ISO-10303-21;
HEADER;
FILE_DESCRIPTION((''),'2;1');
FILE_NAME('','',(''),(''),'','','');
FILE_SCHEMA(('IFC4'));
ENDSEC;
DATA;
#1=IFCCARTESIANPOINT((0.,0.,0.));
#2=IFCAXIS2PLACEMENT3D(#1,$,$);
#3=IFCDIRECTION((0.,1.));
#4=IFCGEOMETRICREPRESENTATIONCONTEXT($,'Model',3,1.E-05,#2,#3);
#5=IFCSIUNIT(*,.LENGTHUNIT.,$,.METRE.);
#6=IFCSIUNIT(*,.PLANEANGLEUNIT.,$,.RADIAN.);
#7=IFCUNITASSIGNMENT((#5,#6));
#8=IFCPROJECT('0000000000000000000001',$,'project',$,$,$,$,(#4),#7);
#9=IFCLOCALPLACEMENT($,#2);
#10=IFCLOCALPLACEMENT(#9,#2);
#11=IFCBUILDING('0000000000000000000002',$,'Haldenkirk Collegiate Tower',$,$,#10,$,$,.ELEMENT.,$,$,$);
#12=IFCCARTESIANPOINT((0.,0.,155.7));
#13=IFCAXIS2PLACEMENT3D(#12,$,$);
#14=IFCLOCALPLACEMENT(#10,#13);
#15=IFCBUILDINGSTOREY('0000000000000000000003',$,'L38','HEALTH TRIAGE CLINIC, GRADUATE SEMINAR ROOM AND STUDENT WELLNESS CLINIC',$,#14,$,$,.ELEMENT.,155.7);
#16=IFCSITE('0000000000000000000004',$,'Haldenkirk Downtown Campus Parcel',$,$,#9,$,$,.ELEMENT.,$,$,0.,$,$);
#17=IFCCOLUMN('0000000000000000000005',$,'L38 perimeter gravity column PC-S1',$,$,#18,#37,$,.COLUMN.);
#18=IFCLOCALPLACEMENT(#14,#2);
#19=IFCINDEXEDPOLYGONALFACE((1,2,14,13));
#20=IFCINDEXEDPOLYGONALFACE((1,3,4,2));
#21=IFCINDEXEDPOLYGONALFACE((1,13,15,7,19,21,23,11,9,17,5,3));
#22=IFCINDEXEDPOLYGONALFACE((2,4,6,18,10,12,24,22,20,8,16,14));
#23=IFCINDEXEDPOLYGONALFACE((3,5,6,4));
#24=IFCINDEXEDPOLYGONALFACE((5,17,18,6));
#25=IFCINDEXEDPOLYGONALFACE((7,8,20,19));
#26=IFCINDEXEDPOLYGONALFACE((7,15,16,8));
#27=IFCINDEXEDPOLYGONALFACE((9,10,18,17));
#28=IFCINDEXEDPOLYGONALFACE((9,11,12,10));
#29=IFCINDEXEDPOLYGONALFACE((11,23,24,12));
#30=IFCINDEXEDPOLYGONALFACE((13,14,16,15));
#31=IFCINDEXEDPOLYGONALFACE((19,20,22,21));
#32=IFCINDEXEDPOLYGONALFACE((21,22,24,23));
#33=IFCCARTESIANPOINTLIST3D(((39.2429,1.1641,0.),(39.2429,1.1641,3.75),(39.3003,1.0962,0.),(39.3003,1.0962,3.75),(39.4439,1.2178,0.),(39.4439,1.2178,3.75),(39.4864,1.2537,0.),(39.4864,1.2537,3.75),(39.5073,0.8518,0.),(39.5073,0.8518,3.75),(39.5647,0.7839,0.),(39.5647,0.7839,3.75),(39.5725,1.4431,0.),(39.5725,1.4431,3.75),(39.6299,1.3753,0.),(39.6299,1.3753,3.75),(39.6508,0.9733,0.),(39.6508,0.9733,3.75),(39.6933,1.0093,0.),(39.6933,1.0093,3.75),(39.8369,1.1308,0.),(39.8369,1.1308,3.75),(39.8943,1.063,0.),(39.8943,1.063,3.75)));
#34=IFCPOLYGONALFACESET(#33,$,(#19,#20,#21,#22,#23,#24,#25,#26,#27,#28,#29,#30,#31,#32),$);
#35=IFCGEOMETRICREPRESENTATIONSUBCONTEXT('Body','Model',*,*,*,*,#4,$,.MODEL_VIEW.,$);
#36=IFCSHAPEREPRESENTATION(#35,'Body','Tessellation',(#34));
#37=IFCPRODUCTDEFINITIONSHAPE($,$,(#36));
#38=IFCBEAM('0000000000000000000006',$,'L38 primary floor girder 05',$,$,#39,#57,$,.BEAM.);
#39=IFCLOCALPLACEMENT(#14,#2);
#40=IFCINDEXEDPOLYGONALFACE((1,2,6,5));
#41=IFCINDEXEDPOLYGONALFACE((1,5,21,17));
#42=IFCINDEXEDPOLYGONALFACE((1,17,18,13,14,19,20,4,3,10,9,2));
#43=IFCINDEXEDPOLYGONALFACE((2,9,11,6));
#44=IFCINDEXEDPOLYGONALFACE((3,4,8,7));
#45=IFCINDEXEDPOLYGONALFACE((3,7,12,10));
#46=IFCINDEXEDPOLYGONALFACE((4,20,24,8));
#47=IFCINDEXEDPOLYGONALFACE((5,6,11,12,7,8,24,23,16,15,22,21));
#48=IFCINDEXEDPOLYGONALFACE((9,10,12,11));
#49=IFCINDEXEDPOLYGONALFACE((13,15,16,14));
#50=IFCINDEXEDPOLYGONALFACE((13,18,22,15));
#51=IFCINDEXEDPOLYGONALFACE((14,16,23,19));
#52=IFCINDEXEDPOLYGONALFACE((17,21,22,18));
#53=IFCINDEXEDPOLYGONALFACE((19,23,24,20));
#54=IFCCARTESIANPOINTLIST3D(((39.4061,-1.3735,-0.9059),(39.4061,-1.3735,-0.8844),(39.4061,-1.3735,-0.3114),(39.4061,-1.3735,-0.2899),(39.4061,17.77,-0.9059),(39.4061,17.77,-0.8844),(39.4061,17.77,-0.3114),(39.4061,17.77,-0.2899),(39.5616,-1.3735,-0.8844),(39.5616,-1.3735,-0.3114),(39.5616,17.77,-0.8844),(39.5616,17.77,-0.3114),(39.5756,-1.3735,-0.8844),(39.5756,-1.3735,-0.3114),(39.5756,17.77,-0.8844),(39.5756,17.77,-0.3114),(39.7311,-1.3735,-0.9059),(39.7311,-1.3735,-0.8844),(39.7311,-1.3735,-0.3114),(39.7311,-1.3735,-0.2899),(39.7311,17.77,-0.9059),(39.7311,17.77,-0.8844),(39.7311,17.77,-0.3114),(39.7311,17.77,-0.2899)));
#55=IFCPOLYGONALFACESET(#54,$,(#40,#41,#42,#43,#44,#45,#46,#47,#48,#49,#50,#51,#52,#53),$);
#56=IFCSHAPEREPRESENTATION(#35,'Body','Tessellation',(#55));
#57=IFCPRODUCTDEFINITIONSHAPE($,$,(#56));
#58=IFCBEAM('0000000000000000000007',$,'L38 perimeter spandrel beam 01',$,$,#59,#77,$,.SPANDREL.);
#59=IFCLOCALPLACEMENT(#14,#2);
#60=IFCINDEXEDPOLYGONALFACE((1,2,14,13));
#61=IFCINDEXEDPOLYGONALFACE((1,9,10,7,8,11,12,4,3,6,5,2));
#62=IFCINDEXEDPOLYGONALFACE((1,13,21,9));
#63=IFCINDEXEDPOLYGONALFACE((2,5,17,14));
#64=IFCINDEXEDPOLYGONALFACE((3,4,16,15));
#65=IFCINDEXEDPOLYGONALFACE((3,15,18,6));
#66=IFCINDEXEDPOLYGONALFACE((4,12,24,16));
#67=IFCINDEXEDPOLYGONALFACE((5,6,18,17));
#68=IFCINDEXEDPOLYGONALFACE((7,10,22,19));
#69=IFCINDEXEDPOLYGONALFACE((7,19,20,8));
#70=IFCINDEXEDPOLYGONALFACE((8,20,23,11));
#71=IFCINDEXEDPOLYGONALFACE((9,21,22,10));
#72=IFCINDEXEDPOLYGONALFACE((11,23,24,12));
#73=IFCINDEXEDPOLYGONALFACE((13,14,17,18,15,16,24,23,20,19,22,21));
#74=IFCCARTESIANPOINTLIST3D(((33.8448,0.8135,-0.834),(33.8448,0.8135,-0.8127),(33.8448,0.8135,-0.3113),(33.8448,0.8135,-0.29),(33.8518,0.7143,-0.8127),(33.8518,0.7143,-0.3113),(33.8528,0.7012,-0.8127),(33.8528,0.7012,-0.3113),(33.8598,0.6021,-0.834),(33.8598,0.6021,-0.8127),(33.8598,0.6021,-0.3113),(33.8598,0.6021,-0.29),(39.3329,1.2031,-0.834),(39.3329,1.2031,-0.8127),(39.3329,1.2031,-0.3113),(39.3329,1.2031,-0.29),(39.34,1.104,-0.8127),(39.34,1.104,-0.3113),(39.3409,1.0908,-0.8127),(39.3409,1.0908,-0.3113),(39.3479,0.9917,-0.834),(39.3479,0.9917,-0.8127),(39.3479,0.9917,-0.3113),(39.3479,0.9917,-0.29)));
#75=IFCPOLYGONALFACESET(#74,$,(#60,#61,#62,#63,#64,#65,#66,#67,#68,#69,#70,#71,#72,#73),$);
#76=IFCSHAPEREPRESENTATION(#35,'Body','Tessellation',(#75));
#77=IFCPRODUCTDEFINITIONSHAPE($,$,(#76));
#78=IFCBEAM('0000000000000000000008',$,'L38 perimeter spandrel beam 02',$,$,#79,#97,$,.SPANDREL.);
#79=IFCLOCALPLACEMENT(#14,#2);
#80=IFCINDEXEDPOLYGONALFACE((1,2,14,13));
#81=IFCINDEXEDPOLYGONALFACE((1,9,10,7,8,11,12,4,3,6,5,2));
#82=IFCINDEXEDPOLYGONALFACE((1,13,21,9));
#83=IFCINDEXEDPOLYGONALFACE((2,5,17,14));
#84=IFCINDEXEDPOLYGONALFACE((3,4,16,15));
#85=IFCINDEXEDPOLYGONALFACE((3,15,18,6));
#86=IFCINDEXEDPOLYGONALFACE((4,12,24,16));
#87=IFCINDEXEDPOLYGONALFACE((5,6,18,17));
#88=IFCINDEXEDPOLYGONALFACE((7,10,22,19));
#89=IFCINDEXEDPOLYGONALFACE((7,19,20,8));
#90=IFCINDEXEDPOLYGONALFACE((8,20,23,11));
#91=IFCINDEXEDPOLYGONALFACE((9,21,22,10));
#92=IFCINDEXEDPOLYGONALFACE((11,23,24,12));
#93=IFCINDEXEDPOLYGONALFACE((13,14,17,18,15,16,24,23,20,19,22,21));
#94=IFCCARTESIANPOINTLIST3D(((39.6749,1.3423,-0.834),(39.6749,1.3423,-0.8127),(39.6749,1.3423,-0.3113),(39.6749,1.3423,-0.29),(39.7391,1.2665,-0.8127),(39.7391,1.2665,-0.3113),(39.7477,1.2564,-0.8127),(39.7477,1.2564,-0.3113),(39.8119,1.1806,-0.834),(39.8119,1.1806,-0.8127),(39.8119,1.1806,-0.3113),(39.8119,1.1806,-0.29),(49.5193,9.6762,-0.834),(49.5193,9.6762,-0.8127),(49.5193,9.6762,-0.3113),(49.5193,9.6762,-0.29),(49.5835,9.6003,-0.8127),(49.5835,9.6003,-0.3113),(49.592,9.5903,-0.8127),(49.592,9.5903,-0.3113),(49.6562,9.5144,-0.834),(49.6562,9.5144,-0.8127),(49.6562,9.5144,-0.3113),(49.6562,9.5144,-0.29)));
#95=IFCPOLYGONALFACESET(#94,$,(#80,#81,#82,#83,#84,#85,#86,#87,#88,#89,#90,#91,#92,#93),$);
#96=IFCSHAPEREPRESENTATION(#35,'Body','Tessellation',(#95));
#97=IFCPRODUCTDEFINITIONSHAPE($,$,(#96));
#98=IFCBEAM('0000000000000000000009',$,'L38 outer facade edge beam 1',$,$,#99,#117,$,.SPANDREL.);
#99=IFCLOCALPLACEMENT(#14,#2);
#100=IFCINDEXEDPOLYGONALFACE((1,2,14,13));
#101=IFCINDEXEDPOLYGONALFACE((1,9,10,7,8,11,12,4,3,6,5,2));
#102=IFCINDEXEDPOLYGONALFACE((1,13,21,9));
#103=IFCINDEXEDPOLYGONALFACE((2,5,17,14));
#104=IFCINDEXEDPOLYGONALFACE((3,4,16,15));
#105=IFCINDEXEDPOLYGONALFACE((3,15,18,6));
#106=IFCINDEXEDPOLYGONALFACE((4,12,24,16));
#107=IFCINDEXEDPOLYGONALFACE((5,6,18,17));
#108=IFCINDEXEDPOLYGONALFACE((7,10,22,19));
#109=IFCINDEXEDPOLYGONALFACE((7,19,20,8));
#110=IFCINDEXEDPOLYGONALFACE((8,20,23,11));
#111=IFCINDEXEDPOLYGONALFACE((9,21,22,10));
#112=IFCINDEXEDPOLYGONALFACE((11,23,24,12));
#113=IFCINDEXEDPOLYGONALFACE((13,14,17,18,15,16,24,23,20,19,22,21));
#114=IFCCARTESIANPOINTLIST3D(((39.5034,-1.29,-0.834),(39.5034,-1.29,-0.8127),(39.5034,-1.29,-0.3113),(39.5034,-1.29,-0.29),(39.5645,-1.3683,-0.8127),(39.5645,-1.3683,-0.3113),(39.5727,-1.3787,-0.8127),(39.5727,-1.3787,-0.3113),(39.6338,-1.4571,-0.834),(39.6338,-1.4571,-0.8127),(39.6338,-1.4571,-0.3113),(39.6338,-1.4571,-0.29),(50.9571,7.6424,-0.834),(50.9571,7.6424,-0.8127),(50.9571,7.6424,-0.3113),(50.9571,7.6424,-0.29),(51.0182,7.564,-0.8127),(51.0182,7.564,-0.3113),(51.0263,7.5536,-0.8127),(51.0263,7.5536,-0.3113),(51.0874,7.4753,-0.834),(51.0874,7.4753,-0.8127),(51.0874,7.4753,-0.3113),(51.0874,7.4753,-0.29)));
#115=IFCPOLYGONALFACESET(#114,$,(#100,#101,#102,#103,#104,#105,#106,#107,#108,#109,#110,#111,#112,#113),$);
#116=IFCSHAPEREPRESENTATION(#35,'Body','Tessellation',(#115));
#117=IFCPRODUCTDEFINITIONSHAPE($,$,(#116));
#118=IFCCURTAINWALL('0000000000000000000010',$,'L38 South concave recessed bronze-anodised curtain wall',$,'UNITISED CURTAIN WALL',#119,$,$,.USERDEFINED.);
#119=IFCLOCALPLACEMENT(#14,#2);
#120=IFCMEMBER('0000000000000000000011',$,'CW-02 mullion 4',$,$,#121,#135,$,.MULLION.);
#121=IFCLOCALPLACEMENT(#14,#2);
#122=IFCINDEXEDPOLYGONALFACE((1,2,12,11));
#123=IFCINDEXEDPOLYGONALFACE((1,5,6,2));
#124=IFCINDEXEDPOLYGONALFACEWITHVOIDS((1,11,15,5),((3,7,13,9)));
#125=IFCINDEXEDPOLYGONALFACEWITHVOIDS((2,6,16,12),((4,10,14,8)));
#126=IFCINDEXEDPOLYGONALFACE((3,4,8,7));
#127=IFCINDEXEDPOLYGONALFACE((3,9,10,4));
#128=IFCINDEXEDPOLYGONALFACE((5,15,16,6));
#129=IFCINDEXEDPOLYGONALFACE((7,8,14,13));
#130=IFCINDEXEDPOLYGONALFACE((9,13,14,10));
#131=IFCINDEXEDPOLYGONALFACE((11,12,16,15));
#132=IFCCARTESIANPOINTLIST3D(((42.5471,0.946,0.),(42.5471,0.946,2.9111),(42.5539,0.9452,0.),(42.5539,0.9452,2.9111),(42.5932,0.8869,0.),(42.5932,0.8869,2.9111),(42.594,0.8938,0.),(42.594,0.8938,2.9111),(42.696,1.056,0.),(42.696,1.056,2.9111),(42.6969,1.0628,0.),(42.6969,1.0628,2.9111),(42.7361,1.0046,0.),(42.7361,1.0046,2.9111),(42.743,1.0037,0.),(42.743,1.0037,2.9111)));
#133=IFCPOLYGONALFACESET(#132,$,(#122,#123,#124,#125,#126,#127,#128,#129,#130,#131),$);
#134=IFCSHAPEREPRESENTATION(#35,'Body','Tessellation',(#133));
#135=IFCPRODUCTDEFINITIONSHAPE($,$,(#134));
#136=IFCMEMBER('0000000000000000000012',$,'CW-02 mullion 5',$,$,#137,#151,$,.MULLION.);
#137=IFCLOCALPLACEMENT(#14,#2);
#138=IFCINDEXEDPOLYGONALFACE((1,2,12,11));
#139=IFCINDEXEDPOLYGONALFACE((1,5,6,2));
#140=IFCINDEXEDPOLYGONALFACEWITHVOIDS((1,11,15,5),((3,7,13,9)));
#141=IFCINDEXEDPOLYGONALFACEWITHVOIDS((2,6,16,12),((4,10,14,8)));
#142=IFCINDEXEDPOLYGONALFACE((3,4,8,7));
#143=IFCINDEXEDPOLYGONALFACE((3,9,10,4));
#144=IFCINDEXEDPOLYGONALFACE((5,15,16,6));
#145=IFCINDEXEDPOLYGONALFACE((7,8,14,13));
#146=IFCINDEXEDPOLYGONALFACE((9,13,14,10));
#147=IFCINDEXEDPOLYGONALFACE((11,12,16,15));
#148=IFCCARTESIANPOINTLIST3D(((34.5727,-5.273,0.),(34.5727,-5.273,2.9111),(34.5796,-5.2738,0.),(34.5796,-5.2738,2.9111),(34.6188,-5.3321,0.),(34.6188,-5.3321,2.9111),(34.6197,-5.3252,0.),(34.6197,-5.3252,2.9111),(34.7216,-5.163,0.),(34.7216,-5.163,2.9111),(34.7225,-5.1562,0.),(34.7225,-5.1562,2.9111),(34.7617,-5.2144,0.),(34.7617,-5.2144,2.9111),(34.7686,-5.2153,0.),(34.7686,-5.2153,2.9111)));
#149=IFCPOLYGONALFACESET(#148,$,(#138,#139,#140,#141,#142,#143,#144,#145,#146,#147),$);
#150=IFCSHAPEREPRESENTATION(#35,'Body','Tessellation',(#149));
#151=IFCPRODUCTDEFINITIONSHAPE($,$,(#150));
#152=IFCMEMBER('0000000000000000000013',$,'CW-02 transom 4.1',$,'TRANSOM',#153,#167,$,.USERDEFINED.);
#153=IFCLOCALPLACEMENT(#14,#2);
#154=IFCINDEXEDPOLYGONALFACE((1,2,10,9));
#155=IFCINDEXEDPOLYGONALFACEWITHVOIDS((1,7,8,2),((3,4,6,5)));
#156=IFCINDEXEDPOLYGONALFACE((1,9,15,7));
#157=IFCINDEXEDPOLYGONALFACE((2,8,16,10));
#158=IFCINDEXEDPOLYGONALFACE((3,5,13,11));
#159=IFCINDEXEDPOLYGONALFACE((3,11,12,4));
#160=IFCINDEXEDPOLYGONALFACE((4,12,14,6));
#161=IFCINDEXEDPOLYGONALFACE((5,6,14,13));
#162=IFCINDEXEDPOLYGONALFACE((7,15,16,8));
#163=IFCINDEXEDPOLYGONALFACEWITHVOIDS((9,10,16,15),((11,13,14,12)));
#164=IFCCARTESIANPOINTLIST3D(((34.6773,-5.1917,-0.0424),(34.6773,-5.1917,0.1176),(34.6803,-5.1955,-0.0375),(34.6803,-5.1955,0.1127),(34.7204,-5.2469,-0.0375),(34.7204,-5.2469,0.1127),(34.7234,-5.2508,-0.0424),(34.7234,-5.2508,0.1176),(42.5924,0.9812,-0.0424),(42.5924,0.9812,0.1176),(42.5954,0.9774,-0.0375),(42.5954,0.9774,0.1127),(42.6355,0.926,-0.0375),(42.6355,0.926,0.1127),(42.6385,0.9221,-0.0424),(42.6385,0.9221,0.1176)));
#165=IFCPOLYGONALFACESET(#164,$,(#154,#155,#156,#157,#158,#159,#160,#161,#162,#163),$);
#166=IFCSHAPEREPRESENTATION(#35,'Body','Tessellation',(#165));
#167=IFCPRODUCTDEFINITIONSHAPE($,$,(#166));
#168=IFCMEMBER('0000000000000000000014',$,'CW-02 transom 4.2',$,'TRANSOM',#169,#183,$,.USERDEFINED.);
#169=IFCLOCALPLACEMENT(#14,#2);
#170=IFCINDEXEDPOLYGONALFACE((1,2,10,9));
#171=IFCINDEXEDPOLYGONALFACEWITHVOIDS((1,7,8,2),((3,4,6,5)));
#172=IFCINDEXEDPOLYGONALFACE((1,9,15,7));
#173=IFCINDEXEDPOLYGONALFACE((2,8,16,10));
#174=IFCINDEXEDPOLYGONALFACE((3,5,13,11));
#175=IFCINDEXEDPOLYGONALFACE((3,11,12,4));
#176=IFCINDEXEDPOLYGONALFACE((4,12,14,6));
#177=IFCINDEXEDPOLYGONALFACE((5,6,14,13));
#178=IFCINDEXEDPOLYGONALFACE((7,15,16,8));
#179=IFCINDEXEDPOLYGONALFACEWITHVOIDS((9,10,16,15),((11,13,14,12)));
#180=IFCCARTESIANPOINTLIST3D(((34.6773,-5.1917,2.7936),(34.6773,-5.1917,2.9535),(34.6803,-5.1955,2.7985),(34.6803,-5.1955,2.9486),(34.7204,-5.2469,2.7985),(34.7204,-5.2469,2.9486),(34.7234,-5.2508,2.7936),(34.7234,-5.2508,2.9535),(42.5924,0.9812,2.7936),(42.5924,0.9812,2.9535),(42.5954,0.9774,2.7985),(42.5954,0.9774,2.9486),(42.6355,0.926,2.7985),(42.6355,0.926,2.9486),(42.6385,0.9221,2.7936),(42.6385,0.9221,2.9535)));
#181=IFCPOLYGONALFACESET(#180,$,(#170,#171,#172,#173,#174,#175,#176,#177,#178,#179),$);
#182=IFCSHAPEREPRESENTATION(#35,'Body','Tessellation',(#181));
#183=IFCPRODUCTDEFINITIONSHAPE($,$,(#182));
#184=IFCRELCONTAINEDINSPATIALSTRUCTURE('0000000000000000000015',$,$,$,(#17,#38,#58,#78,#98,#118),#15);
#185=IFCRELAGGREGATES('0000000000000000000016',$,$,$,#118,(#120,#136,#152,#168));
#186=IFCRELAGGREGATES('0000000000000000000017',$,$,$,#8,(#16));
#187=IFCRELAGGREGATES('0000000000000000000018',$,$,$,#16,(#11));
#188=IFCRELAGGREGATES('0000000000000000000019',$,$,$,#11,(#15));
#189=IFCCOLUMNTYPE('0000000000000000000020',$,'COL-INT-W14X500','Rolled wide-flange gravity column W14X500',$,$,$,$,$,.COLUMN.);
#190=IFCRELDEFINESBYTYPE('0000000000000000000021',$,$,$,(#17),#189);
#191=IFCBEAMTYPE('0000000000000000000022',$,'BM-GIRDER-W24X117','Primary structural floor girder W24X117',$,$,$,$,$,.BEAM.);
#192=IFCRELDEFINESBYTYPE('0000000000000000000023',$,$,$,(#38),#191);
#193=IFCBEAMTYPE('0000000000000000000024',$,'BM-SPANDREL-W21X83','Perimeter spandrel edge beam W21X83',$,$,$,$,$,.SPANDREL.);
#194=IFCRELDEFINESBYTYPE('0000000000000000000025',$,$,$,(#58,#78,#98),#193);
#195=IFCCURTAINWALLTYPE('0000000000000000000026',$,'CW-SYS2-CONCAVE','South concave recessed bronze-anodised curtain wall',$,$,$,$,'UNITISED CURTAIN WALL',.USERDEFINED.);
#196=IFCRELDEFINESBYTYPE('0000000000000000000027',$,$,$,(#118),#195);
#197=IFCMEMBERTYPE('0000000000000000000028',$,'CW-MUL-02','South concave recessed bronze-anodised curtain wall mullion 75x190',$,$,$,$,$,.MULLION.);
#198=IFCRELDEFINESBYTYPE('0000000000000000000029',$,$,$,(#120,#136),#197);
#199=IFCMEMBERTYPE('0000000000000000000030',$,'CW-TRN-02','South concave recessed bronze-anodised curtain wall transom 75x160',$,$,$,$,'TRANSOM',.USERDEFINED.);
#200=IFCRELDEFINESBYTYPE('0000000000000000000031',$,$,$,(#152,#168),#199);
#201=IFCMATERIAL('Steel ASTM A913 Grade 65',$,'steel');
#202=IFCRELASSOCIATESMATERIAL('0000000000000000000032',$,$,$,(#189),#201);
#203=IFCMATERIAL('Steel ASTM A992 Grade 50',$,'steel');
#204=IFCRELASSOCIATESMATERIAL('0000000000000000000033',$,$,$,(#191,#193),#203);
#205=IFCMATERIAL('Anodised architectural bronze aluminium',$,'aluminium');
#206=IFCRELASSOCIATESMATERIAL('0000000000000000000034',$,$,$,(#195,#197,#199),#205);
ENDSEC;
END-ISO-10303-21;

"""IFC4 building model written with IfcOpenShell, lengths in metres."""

from ifc_helpers import new_model, si_unit, direction, frame, origin, origin_2d, place, context, subcontext, project, spatial, hollow_rectangle, i_section, extrude, material, material_profile, profile_set, type_object, element, aggregate, save


model = new_model("IFC4")

# Units and contexts
model_context = context("Model", 3, precision=1e-05, world=origin(), true_north=direction((0.0, 1.0)))
body_context = subcontext(model_context, "Body", "Model", "MODEL_VIEW")
ifc_project = project(units=[si_unit("LENGTHUNIT", "METRE"), si_unit("PLANEANGLEUNIT", "RADIAN")], contexts=[model_context])

# Site, building, storey
site_placement = place(None, origin())
site = spatial("IfcSite", under=ifc_project, at=site_placement, Name="Haldenkirk Downtown Campus Parcel", CompositionType="ELEMENT", RefElevation=0.0)
building_placement = place(site_placement, origin())
building = spatial("IfcBuilding", under=site, at=building_placement, Name="Haldenkirk Collegiate Tower", CompositionType="ELEMENT")
storey_placement = place(building_placement, frame((0.0, 0.0, 155.7)))
storey = spatial("IfcBuildingStorey", under=building, at=storey_placement, Name="L38", Description="HEALTH TRIAGE CLINIC, GRADUATE SEMINAR ROOM AND STUDENT WELLNESS CLINIC", CompositionType="ELEMENT", Elevation=155.7)

# Column
ifc_material_1 = material(Name="Steel ASTM A913 Grade 65", Category="steel")
ifc_material_profile_1 = material_profile(ifc_material_1, i_section(OverallWidth=0.4319, OverallDepth=0.498, WebThickness=0.0557, FlangeThickness=0.0889, at=origin_2d()), Name="W14X500")
ifc_profile_set_1 = profile_set([ifc_material_profile_1], Name="Steel ASTM A913 Grade 65")
column_type = type_object("IfcColumnType", Name="COL-INT-W14X500", Description="Rolled wide-flange gravity column W14X500", PredefinedType="COLUMN", material=ifc_profile_set_1)
column_placement = place(storey_placement, frame((39.5686, 1.1135, 0.0), z_axis=(0.0, 0.0, 1.0), x_axis=(0.763232, 0.646124, 0.0)))
element("IfcColumn", 1, at=column_placement, inside=storey, type_object=column_type, Name="L38 perimeter gravity column PC-S1", PredefinedType="COLUMN", context=body_context, shape_type="SweptSolid", body=[
    extrude(i_section(OverallWidth=0.4319, OverallDepth=0.498, WebThickness=0.0557, FlangeThickness=0.0889, at=origin_2d()), origin(), (0.0, 0.0, 1.0), 3.75),
])

# Beams
ifc_material_2 = material(Name="Steel ASTM A992 Grade 50", Category="steel")
ifc_material_profile_2 = material_profile(ifc_material_2, i_section(OverallWidth=0.325, OverallDepth=0.616, WebThickness=0.0139, FlangeThickness=0.0215, at=origin_2d()), Name="W24X117")
ifc_profile_set_2 = profile_set([ifc_material_profile_2], Name="Steel ASTM A992 Grade 50")
beam_type_1 = type_object("IfcBeamType", Name="BM-GIRDER-W24X117", Description="Primary structural floor girder W24X117", PredefinedType="BEAM", material=ifc_profile_set_2)
beam_1_placement = place(storey_placement, frame((39.5686, -1.3735, -0.5979), z_axis=(0.0, 1.0, 0.0), x_axis=(-1.0, 0.0, 0.0)))
element("IfcBeam", 2, at=beam_1_placement, inside=storey, type_object=beam_type_1, Name="L38 primary floor girder 05", PredefinedType="BEAM", context=body_context, shape_type="SweptSolid", body=[
    extrude(i_section(OverallWidth=0.325, OverallDepth=0.616, WebThickness=0.0139, FlangeThickness=0.0215, at=origin_2d()), origin(), (0.0, 0.0, 1.0), 19.1436),
])
ifc_material_profile_3 = material_profile(ifc_material_2, i_section(OverallWidth=0.2119, OverallDepth=0.5439, WebThickness=0.0132, FlangeThickness=0.0212, at=origin_2d()), Name="W21X83")
ifc_profile_set_3 = profile_set([ifc_material_profile_3], Name="Steel ASTM A992 Grade 50")
beam_type_2 = type_object("IfcBeamType", Name="BM-SPANDREL-W21X83", Description="Perimeter spandrel edge beam W21X83", PredefinedType="SPANDREL", material=ifc_profile_set_3)
beam_2_placement = place(storey_placement, frame((33.8523, 0.7078, -0.562), z_axis=(0.997489, 0.070821, 0.0), x_axis=(-0.070821, 0.997489, 0.0)))
element("IfcBeam", 3, at=beam_2_placement, inside=storey, type_object=beam_type_2, Name="L38 perimeter spandrel beam 01", PredefinedType="SPANDREL", context=body_context, shape_type="SweptSolid", body=[
    extrude(i_section(OverallWidth=0.2119, OverallDepth=0.5439, WebThickness=0.0132, FlangeThickness=0.0212, at=origin_2d()), origin(), (0.0, 0.0, 1.0), 5.502),
])
beam_3_placement = place(storey_placement, frame((39.7434, 1.2615, -0.562), z_axis=(0.763233, 0.646123, 0.0), x_axis=(-0.646123, 0.763233, 0.0)))
element("IfcBeam", 4, at=beam_3_placement, inside=storey, type_object=beam_type_2, Name="L38 perimeter spandrel beam 02", PredefinedType="SPANDREL", context=body_context, shape_type="SweptSolid", body=[
    extrude(i_section(OverallWidth=0.2119, OverallDepth=0.5439, WebThickness=0.0132, FlangeThickness=0.0212, at=origin_2d()), origin(), (0.0, 0.0, 1.0), 12.8982),
])
beam_4_placement = place(storey_placement, frame((39.5686, -1.3735, -0.562), z_axis=(0.788551, 0.61497, 0.0), x_axis=(-0.61497, 0.788551, 0.0)))
element("IfcBeam", 5, at=beam_4_placement, inside=storey, type_object=beam_type_2, Name="L38 outer facade edge beam 1", PredefinedType="SPANDREL", context=body_context, shape_type="SweptSolid", body=[
    extrude(i_section(OverallWidth=0.2119, OverallDepth=0.5439, WebThickness=0.0132, FlangeThickness=0.0212, at=origin_2d()), origin(), (0.0, 0.0, 1.0), 14.5249),
])

# Curtain wall, members
ifc_material_3 = material(Name="Anodised architectural bronze aluminium", Category="aluminium")
curtain_wall_type = type_object("IfcCurtainWallType", Name="CW-SYS2-CONCAVE", Description="South concave recessed bronze-anodised curtain wall", ElementType="UNITISED CURTAIN WALL", PredefinedType="USERDEFINED", material=ifc_material_3)
curtain_wall_placement = place(storey_placement, origin())
curtain_wall = element("IfcCurtainWall", 6, at=curtain_wall_placement, inside=storey, type_object=curtain_wall_type, Name="L38 South concave recessed bronze-anodised curtain wall", ObjectType="UNITISED CURTAIN WALL", PredefinedType="USERDEFINED")
ifc_material_profile_4 = material_profile(ifc_material_3, hollow_rectangle(XDim=0.075, YDim=0.1899, WallThickness=0.0049, at=origin_2d()), Name="CW-MUL-02")
ifc_profile_set_4 = profile_set([ifc_material_profile_4], Name="Anodised architectural bronze aluminium")
member_type_1 = type_object("IfcMemberType", Name="CW-MUL-02", Description="South concave recessed bronze-anodised curtain wall mullion 75x190", PredefinedType="MULLION", material=ifc_profile_set_4)
member_1_placement = place(storey_placement, frame((42.645, 0.9749, 0.0), z_axis=(0.0, 0.0, 1.0), x_axis=(0.614974, -0.788548, 0.0)))
member_1 = element("IfcMember", 7, at=member_1_placement, type_object=member_type_1, Name="CW-02 mullion 4", PredefinedType="MULLION", context=body_context, shape_type="SweptSolid", body=[
    extrude(hollow_rectangle(XDim=0.075, YDim=0.1899, WallThickness=0.0049, at=origin_2d()), origin(), (0.0, 0.0, 1.0), 2.9111),
])
member_2_placement = place(storey_placement, frame((34.6707, -5.2441, 0.0), z_axis=(0.0, 0.0, 1.0), x_axis=(0.614974, -0.788548, 0.0)))
member_2 = element("IfcMember", 8, at=member_2_placement, type_object=member_type_1, Name="CW-02 mullion 5", PredefinedType="MULLION", context=body_context, shape_type="SweptSolid", body=[
    extrude(hollow_rectangle(XDim=0.075, YDim=0.1899, WallThickness=0.0049, at=origin_2d()), origin(), (0.0, 0.0, 1.0), 2.9111),
])
ifc_material_profile_5 = material_profile(ifc_material_3, hollow_rectangle(XDim=0.075, YDim=0.1599, WallThickness=0.0049, at=origin_2d()), Name="CW-TRN-02")
ifc_profile_set_5 = profile_set([ifc_material_profile_5], Name="Anodised architectural bronze aluminium")
member_type_2 = type_object("IfcMemberType", Name="CW-TRN-02", Description="South concave recessed bronze-anodised curtain wall transom 75x160", ElementType="TRANSOM", PredefinedType="USERDEFINED", material=ifc_profile_set_5)
member_3_placement = place(storey_placement, frame((42.6155, 0.9517, 0.0376), z_axis=(-0.788545, -0.614977, 0.0), x_axis=(0.614977, -0.788545, 0.0)))
member_3 = element("IfcMember", 9, at=member_3_placement, type_object=member_type_2, Name="CW-02 transom 4.1", ObjectType="TRANSOM", PredefinedType="USERDEFINED", context=body_context, shape_type="SweptSolid", body=[
    extrude(hollow_rectangle(XDim=0.075, YDim=0.1599, WallThickness=0.0049, at=origin_2d()), origin(), (0.0, 0.0, 1.0), 10.0376),
])
member_4_placement = place(storey_placement, frame((42.6155, 0.9517, 2.8735), z_axis=(-0.788545, -0.614977, 0.0), x_axis=(0.614977, -0.788545, 0.0)))
member_4 = element("IfcMember", 10, at=member_4_placement, type_object=member_type_2, Name="CW-02 transom 4.2", ObjectType="TRANSOM", PredefinedType="USERDEFINED", context=body_context, shape_type="SweptSolid", body=[
    extrude(hollow_rectangle(XDim=0.075, YDim=0.1599, WallThickness=0.0049, at=origin_2d()), origin(), (0.0, 0.0, 1.0), 10.0376),
])

aggregate(curtain_wall, [member_1, member_2, member_3, member_4])

save(model, "model.ifc")
